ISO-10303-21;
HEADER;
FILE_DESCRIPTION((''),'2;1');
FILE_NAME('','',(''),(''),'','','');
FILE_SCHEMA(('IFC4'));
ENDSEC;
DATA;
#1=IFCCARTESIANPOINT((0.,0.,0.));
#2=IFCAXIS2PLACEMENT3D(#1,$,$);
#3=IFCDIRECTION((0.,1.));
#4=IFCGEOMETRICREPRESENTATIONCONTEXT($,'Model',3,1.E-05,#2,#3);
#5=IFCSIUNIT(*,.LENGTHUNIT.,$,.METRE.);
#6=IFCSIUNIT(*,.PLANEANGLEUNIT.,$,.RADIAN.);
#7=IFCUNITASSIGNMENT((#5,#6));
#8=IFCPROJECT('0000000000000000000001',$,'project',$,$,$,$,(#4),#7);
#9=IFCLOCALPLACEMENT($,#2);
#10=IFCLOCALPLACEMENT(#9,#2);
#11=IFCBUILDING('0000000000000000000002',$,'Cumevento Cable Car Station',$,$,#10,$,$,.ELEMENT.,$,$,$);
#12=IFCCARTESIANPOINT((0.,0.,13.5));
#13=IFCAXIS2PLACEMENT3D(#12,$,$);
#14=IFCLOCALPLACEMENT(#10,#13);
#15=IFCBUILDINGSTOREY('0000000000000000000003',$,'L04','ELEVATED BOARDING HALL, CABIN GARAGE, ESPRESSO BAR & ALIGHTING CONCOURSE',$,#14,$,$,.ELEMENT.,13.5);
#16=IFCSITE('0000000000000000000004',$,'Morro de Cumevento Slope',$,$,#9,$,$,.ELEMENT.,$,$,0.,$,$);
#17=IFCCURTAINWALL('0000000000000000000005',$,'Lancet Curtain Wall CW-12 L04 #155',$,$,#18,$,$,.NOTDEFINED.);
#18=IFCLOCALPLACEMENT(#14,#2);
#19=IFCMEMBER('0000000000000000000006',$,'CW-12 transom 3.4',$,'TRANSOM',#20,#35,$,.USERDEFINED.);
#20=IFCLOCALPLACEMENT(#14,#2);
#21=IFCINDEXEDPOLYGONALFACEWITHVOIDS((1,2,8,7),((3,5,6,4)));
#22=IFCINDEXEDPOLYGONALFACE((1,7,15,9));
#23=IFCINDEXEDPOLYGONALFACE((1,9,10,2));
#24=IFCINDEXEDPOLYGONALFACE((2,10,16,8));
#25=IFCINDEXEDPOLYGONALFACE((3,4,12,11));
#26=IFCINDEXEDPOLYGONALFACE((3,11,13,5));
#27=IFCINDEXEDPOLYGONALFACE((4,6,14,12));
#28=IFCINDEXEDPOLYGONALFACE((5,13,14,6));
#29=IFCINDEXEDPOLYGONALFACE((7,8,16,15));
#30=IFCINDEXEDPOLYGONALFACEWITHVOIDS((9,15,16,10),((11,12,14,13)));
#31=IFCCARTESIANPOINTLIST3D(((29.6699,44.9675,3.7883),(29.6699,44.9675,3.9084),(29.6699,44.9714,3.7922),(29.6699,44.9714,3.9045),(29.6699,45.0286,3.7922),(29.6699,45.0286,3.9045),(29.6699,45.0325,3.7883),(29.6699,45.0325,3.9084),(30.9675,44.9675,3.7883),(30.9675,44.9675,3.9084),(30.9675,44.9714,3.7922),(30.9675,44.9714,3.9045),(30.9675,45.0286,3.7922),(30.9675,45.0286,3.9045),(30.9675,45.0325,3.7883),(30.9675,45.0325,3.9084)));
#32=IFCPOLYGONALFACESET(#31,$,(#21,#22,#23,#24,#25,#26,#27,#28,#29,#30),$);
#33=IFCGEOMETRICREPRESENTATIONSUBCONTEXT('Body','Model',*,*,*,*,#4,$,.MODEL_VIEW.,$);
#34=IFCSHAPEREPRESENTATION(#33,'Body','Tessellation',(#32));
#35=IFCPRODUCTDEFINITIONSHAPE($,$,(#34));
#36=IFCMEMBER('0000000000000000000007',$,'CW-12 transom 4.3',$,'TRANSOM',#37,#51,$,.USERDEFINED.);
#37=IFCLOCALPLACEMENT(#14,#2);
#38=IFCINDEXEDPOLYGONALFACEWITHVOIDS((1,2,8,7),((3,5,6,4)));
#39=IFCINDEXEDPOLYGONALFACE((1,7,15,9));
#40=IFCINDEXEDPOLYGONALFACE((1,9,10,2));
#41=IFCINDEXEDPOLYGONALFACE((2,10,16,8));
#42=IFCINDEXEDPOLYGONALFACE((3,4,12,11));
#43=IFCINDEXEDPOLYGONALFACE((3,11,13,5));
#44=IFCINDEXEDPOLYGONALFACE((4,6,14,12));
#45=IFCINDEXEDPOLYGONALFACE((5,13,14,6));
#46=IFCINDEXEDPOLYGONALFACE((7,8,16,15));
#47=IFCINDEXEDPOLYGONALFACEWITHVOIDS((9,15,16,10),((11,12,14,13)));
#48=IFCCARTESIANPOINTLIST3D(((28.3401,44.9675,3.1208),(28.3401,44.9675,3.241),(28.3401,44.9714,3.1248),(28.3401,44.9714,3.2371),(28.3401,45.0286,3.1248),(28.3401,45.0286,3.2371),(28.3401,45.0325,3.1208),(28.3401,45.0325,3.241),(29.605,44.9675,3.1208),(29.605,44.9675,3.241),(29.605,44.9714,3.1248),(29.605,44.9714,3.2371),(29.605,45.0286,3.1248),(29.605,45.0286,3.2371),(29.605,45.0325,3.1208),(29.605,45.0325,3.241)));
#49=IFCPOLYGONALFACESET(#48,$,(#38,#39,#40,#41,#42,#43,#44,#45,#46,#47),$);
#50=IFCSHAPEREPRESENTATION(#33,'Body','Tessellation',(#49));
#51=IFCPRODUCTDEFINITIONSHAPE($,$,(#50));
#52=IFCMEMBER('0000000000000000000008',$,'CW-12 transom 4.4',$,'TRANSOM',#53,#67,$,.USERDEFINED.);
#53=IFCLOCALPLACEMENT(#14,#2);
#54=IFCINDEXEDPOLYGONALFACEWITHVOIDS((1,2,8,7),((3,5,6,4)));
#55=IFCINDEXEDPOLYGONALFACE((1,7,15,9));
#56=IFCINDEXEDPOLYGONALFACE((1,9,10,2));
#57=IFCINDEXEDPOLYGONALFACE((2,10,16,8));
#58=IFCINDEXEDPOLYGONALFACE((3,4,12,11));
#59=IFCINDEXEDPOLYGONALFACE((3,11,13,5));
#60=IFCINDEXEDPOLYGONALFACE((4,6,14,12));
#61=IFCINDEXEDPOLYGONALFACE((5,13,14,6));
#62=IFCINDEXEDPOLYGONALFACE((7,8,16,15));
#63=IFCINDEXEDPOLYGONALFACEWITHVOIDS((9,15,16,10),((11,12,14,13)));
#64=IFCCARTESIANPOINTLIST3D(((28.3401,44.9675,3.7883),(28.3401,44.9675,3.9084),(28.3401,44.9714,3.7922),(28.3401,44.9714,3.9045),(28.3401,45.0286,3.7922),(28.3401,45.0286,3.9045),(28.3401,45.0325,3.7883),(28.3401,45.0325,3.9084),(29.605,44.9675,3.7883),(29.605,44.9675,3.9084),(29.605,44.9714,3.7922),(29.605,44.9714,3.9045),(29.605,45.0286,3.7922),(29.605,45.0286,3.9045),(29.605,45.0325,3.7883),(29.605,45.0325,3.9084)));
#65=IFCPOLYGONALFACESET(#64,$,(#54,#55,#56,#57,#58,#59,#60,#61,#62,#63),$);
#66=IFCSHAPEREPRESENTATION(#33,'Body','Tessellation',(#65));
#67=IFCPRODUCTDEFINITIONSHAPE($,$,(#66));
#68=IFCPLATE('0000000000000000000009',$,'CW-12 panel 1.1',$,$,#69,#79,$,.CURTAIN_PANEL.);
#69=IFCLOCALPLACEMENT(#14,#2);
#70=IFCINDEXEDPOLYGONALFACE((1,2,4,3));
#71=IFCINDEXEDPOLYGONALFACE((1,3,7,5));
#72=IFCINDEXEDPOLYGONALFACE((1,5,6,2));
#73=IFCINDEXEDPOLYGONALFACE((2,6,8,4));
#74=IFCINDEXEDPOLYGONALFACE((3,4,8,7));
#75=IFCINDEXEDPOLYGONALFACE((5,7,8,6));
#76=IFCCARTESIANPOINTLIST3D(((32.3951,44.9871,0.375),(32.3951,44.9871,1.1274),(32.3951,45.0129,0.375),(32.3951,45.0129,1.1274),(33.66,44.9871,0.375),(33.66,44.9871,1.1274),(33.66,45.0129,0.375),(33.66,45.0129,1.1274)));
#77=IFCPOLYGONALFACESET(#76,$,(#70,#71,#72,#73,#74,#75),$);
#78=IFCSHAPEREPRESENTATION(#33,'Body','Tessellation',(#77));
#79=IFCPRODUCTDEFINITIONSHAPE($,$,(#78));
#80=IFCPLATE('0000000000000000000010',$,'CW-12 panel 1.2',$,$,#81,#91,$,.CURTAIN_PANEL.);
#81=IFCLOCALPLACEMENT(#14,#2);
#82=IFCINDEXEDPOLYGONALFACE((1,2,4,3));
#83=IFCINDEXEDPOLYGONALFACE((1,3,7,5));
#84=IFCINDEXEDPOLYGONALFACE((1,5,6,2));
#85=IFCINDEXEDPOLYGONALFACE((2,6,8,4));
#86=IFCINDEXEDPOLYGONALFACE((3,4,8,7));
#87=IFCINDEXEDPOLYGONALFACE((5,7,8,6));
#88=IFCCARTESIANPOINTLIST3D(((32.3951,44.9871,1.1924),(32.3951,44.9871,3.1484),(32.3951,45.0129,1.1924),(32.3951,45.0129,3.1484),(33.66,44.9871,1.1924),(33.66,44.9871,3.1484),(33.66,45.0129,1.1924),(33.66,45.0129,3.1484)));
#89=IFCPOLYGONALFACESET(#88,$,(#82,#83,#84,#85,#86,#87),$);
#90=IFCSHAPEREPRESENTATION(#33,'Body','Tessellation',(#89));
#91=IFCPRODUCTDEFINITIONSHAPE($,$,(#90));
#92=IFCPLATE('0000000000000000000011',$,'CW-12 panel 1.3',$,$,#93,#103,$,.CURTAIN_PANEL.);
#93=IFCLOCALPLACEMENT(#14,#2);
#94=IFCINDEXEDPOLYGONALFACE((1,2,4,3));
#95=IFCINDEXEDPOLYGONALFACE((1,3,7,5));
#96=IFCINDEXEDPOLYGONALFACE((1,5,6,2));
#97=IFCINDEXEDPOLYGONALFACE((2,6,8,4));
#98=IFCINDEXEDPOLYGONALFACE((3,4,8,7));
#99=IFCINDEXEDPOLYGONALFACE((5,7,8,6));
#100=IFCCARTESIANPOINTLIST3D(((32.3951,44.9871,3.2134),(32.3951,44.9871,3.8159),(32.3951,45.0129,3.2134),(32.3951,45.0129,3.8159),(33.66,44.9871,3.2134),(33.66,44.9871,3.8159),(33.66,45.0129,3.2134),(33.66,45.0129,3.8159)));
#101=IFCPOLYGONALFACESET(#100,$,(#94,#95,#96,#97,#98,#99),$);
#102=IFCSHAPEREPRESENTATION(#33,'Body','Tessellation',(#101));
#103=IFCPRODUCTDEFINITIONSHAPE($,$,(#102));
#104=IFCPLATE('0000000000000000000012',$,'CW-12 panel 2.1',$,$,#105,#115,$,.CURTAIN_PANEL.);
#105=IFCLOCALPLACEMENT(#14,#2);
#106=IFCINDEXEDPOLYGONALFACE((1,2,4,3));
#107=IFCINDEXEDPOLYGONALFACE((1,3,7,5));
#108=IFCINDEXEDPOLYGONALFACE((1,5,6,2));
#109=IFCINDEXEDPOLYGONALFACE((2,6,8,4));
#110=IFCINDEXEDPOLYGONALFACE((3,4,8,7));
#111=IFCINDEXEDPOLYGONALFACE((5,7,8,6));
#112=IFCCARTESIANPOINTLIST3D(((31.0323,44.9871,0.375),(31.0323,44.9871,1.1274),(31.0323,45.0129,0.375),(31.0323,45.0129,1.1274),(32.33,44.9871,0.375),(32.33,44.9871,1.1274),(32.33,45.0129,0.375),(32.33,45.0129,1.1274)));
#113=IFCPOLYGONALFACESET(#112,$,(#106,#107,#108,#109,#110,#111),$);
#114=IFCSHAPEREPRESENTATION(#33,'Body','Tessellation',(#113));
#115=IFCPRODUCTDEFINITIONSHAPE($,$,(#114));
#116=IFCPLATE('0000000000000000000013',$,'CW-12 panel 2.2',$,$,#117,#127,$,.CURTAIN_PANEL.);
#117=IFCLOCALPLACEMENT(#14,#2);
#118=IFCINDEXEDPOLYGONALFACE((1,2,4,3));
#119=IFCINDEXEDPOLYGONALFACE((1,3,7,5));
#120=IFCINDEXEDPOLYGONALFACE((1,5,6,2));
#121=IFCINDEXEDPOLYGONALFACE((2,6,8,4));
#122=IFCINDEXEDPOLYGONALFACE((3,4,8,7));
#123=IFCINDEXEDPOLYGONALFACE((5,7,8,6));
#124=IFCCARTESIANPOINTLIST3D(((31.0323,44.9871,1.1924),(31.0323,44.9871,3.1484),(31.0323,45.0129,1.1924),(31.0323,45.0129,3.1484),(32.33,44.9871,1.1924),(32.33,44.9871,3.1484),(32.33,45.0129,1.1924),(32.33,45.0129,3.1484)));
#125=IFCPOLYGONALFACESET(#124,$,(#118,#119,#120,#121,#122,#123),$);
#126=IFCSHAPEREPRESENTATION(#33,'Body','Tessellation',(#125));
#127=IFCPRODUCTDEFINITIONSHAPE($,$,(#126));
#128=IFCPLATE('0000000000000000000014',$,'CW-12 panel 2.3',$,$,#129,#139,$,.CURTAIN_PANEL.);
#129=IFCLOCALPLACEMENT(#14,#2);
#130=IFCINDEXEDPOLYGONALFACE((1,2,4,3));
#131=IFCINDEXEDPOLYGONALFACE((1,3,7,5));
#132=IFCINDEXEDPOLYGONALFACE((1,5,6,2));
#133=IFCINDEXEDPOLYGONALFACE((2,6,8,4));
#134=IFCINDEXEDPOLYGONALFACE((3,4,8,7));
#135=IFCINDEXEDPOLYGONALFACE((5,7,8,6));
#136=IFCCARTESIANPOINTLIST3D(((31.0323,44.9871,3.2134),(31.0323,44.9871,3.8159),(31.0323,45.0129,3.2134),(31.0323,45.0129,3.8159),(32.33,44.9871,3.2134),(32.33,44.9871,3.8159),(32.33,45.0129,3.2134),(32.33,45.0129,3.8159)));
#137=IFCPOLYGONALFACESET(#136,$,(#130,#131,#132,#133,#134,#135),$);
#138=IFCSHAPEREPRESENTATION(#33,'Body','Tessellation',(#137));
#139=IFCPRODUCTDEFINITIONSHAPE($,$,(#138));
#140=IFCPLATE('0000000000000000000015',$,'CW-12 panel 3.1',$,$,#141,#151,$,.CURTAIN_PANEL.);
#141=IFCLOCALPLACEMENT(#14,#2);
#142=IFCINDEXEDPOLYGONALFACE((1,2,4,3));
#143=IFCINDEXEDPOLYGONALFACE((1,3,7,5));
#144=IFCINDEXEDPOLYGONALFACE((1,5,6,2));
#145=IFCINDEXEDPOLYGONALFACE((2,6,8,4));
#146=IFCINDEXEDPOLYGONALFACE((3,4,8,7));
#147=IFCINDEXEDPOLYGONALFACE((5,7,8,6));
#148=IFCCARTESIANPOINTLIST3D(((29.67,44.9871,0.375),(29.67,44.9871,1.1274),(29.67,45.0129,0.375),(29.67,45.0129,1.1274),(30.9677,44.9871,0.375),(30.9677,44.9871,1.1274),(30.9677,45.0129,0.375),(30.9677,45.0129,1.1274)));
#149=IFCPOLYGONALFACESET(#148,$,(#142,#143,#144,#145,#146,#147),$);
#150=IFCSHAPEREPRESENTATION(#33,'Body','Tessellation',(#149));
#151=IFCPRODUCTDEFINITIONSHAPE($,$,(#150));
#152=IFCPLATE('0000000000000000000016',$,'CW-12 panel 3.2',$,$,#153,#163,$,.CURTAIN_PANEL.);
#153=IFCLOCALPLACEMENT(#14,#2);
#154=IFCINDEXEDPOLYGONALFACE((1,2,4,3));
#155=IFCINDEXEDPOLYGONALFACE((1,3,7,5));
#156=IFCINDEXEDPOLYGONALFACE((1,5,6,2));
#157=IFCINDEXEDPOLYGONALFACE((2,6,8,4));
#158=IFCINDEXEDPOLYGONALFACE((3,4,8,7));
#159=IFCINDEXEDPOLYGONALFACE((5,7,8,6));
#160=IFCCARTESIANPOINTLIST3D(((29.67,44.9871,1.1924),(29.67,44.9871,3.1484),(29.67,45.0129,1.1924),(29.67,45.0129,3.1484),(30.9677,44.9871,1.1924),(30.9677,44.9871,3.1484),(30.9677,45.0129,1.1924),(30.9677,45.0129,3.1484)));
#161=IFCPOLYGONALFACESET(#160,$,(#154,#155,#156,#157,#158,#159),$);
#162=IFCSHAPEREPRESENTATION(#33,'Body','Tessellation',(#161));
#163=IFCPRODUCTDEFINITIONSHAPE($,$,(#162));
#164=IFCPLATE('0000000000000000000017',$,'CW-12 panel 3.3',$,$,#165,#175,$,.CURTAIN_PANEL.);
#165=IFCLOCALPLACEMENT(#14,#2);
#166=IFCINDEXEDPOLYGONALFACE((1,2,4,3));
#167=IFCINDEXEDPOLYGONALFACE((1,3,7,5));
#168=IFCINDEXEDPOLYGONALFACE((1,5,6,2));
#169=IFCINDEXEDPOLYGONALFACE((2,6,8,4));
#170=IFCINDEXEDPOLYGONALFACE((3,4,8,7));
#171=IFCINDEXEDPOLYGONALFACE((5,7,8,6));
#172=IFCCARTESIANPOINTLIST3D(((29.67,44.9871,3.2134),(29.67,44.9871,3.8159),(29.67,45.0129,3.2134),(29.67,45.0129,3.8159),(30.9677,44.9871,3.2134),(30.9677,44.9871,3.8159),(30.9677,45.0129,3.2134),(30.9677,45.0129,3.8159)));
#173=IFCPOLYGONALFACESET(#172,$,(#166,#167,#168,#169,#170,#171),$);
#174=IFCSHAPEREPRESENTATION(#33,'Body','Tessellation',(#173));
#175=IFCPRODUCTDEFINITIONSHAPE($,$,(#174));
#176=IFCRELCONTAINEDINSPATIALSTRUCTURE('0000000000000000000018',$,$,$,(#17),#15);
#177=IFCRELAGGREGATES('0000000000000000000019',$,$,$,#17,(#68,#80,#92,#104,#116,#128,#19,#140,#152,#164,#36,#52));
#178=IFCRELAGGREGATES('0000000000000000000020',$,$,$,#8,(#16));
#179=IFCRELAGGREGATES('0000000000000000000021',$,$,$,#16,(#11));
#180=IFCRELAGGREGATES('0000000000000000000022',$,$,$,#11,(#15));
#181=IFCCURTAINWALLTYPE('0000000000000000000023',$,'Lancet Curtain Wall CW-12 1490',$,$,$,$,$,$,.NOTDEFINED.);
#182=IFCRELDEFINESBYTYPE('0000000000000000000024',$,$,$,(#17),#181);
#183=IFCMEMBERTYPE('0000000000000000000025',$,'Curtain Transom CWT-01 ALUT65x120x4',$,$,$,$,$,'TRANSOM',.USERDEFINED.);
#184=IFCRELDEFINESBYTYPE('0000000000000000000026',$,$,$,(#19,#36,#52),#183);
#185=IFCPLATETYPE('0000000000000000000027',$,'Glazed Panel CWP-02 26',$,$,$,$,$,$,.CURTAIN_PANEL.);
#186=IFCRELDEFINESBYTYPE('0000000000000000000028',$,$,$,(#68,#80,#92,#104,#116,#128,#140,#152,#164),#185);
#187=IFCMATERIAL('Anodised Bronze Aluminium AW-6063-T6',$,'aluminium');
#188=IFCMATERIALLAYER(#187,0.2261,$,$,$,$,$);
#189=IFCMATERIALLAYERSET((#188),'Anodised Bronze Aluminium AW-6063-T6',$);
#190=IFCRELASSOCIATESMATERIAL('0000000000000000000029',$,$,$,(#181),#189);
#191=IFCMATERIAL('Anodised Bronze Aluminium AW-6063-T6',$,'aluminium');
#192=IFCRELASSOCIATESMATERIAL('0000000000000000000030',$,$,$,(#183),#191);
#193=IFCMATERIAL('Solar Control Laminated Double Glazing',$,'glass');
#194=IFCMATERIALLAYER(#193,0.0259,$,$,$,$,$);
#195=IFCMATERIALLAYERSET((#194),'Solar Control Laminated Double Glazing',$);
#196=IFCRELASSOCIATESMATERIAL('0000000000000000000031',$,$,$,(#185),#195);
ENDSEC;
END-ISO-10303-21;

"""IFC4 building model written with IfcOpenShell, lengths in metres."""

from ifc_helpers import new_model, si_unit, direction, frame, origin, origin_2d, place, context, subcontext, project, spatial, rectangle, hollow_rectangle, extrude, material, layer, layer_set, material_profile, profile_set, type_object, element, aggregate, save


model = new_model("IFC4")

# Units and contexts
model_context = context("Model", 3, precision=1e-05, world=origin(), true_north=direction((0.0, 1.0)))
body_context = subcontext(model_context, "Body", "Model", "MODEL_VIEW")
ifc_project = project(units=[si_unit("LENGTHUNIT", "METRE"), si_unit("PLANEANGLEUNIT", "RADIAN")], contexts=[model_context])

# Site, building, storey
site_placement = place(None, origin())
site = spatial("IfcSite", under=ifc_project, at=site_placement, Name="Morro de Cumevento Slope", CompositionType="ELEMENT", RefElevation=0.0)
building_placement = place(site_placement, origin())
building = spatial("IfcBuilding", under=site, at=building_placement, Name="Cumevento Cable Car Station", CompositionType="ELEMENT")
storey_placement = place(building_placement, frame((0.0, 0.0, 13.5)))
storey = spatial("IfcBuildingStorey", under=building, at=storey_placement, Name="L04", Description="ELEVATED BOARDING HALL, CABIN GARAGE, ESPRESSO BAR & ALIGHTING CONCOURSE", CompositionType="ELEMENT", Elevation=13.5)

# Curtain wall, members, plates
ifc_material_1 = material(Name="Anodised Bronze Aluminium AW-6063-T6", Category="aluminium")
ifc_layer_1 = layer(ifc_material_1, 0.2261)
ifc_layer_set_1 = layer_set([ifc_layer_1], Name="Anodised Bronze Aluminium AW-6063-T6")
curtain_wall_type = type_object("IfcCurtainWallType", Name="Lancet Curtain Wall CW-12 1490", PredefinedType="NOTDEFINED", material=ifc_layer_set_1)
curtain_wall_placement = place(storey_placement, origin())
curtain_wall = element("IfcCurtainWall", 1, at=curtain_wall_placement, inside=storey, type_object=curtain_wall_type, Name="Lancet Curtain Wall CW-12 L04 #155", PredefinedType="NOTDEFINED")
ifc_material_2 = material(Name="Anodised Bronze Aluminium AW-6063-T6", Category="aluminium")
ifc_material_profile_1 = material_profile(ifc_material_2, hollow_rectangle(XDim=0.0649, YDim=0.1201, WallThickness=0.0039, at=origin_2d()), Name="ALUT65x120x4")
ifc_profile_set_1 = profile_set([ifc_material_profile_1], Name="Anodised Bronze Aluminium AW-6063-T6")
member_type_1 = type_object("IfcMemberType", Name="Curtain Transom CWT-01 ALUT65x120x4", ElementType="TRANSOM", PredefinedType="USERDEFINED", material=ifc_profile_set_1)
member_1_placement = place(storey_placement, frame((30.9675, 45.0, 3.8484), z_axis=(-1.0, 0.0, 0.0), x_axis=(0.0, -1.0, 0.0)))
member_1 = element("IfcMember", 2, at=member_1_placement, type_object=member_type_1, Name="CW-12 transom 3.4", ObjectType="TRANSOM", PredefinedType="USERDEFINED", context=body_context, shape_type="SweptSolid", body=[
    extrude(hollow_rectangle(XDim=0.0649, YDim=0.1201, WallThickness=0.0039, at=origin_2d()), origin(), (0.0, 0.0, 1.0), 1.2976),
])
member_2_placement = place(storey_placement, frame((29.605, 45.0, 3.1809), z_axis=(-1.0, 0.0, 0.0), x_axis=(0.0, -1.0, 0.0)))
member_2 = element("IfcMember", 3, at=member_2_placement, type_object=member_type_1, Name="CW-12 transom 4.3", ObjectType="TRANSOM", PredefinedType="USERDEFINED", context=body_context, shape_type="SweptSolid", body=[
    extrude(hollow_rectangle(XDim=0.0649, YDim=0.1201, WallThickness=0.0039, at=origin_2d()), origin(), (0.0, 0.0, 1.0), 1.2649),
])
member_3_placement = place(storey_placement, frame((29.605, 45.0, 3.8484), z_axis=(-1.0, 0.0, 0.0), x_axis=(0.0, -1.0, 0.0)))
member_3 = element("IfcMember", 4, at=member_3_placement, type_object=member_type_1, Name="CW-12 transom 4.4", ObjectType="TRANSOM", PredefinedType="USERDEFINED", context=body_context, shape_type="SweptSolid", body=[
    extrude(hollow_rectangle(XDim=0.0649, YDim=0.1201, WallThickness=0.0039, at=origin_2d()), origin(), (0.0, 0.0, 1.0), 1.2649),
])
ifc_material_3 = material(Name="Solar Control Laminated Double Glazing", Category="glass")
ifc_layer_2 = layer(ifc_material_3, 0.0259)
ifc_layer_set_2 = layer_set([ifc_layer_2], Name="Solar Control Laminated Double Glazing")
plate_type = type_object("IfcPlateType", Name="Glazed Panel CWP-02 26", PredefinedType="CURTAIN_PANEL", material=ifc_layer_set_2)
plate_1_placement = place(storey_placement, frame((33.0276, 45.0, 0.375), z_axis=(0.0, 0.0, 1.0), x_axis=(-1.0, 0.0, 0.0)))
plate_1 = element("IfcPlate", 5, at=plate_1_placement, type_object=plate_type, Name="CW-12 panel 1.1", PredefinedType="CURTAIN_PANEL", context=body_context, shape_type="SweptSolid", body=[
    extrude(rectangle(XDim=1.2649, YDim=0.0259, at=origin_2d()), origin(), (0.0, 0.0, 1.0), 0.7524),
])
plate_2_placement = place(storey_placement, frame((33.0276, 45.0, 1.1924), z_axis=(0.0, 0.0, 1.0), x_axis=(-1.0, 0.0, 0.0)))
plate_2 = element("IfcPlate", 6, at=plate_2_placement, type_object=plate_type, Name="CW-12 panel 1.2", PredefinedType="CURTAIN_PANEL", context=body_context, shape_type="SweptSolid", body=[
    extrude(rectangle(XDim=1.2649, YDim=0.0259, at=origin_2d()), origin(), (0.0, 0.0, 1.0), 1.9561),
])
plate_3_placement = place(storey_placement, frame((33.0276, 45.0, 3.2134), z_axis=(0.0, 0.0, 1.0), x_axis=(-1.0, 0.0, 0.0)))
plate_3 = element("IfcPlate", 7, at=plate_3_placement, type_object=plate_type, Name="CW-12 panel 1.3", PredefinedType="CURTAIN_PANEL", context=body_context, shape_type="SweptSolid", body=[
    extrude(rectangle(XDim=1.2649, YDim=0.0259, at=origin_2d()), origin(), (0.0, 0.0, 1.0), 0.6025),
])
plate_4_placement = place(storey_placement, frame((31.6812, 45.0, 0.375), z_axis=(0.0, 0.0, 1.0), x_axis=(-1.0, 0.0, 0.0)))
plate_4 = element("IfcPlate", 8, at=plate_4_placement, type_object=plate_type, Name="CW-12 panel 2.1", PredefinedType="CURTAIN_PANEL", context=body_context, shape_type="SweptSolid", body=[
    extrude(rectangle(XDim=1.2976, YDim=0.0259, at=origin_2d()), origin(), (0.0, 0.0, 1.0), 0.7524),
])
plate_5_placement = place(storey_placement, frame((31.6812, 45.0, 1.1924), z_axis=(0.0, 0.0, 1.0), x_axis=(-1.0, 0.0, 0.0)))
plate_5 = element("IfcPlate", 9, at=plate_5_placement, type_object=plate_type, Name="CW-12 panel 2.2", PredefinedType="CURTAIN_PANEL", context=body_context, shape_type="SweptSolid", body=[
    extrude(rectangle(XDim=1.2976, YDim=0.0259, at=origin_2d()), origin(), (0.0, 0.0, 1.0), 1.9561),
])
plate_6_placement = place(storey_placement, frame((31.6812, 45.0, 3.2134), z_axis=(0.0, 0.0, 1.0), x_axis=(-1.0, 0.0, 0.0)))
plate_6 = element("IfcPlate", 10, at=plate_6_placement, type_object=plate_type, Name="CW-12 panel 2.3", PredefinedType="CURTAIN_PANEL", context=body_context, shape_type="SweptSolid", body=[
    extrude(rectangle(XDim=1.2976, YDim=0.0259, at=origin_2d()), origin(), (0.0, 0.0, 1.0), 0.6025),
])
plate_7_placement = place(storey_placement, frame((30.3188, 45.0, 0.375), z_axis=(0.0, 0.0, 1.0), x_axis=(-1.0, 0.0, 0.0)))
plate_7 = element("IfcPlate", 11, at=plate_7_placement, type_object=plate_type, Name="CW-12 panel 3.1", PredefinedType="CURTAIN_PANEL", context=body_context, shape_type="SweptSolid", body=[
    extrude(rectangle(XDim=1.2976, YDim=0.0259, at=origin_2d()), origin(), (0.0, 0.0, 1.0), 0.7524),
])
plate_8_placement = place(storey_placement, frame((30.3188, 45.0, 1.1924), z_axis=(0.0, 0.0, 1.0), x_axis=(-1.0, 0.0, 0.0)))
plate_8 = element("IfcPlate", 12, at=plate_8_placement, type_object=plate_type, Name="CW-12 panel 3.2", PredefinedType="CURTAIN_PANEL", context=body_context, shape_type="SweptSolid", body=[
    extrude(rectangle(XDim=1.2976, YDim=0.0259, at=origin_2d()), origin(), (0.0, 0.0, 1.0), 1.9561),
])
plate_9_placement = place(storey_placement, frame((30.3188, 45.0, 3.2134), z_axis=(0.0, 0.0, 1.0), x_axis=(-1.0, 0.0, 0.0)))
plate_9 = element("IfcPlate", 13, at=plate_9_placement, type_object=plate_type, Name="CW-12 panel 3.3", PredefinedType="CURTAIN_PANEL", context=body_context, shape_type="SweptSolid", body=[
    extrude(rectangle(XDim=1.2976, YDim=0.0259, at=origin_2d()), origin(), (0.0, 0.0, 1.0), 0.6025),
])
aggregate(curtain_wall, [plate_1, plate_2, plate_3, plate_4, plate_5, plate_6, member_1, plate_7, plate_8, plate_9, member_2, member_3])

save(model, "model.ifc")
